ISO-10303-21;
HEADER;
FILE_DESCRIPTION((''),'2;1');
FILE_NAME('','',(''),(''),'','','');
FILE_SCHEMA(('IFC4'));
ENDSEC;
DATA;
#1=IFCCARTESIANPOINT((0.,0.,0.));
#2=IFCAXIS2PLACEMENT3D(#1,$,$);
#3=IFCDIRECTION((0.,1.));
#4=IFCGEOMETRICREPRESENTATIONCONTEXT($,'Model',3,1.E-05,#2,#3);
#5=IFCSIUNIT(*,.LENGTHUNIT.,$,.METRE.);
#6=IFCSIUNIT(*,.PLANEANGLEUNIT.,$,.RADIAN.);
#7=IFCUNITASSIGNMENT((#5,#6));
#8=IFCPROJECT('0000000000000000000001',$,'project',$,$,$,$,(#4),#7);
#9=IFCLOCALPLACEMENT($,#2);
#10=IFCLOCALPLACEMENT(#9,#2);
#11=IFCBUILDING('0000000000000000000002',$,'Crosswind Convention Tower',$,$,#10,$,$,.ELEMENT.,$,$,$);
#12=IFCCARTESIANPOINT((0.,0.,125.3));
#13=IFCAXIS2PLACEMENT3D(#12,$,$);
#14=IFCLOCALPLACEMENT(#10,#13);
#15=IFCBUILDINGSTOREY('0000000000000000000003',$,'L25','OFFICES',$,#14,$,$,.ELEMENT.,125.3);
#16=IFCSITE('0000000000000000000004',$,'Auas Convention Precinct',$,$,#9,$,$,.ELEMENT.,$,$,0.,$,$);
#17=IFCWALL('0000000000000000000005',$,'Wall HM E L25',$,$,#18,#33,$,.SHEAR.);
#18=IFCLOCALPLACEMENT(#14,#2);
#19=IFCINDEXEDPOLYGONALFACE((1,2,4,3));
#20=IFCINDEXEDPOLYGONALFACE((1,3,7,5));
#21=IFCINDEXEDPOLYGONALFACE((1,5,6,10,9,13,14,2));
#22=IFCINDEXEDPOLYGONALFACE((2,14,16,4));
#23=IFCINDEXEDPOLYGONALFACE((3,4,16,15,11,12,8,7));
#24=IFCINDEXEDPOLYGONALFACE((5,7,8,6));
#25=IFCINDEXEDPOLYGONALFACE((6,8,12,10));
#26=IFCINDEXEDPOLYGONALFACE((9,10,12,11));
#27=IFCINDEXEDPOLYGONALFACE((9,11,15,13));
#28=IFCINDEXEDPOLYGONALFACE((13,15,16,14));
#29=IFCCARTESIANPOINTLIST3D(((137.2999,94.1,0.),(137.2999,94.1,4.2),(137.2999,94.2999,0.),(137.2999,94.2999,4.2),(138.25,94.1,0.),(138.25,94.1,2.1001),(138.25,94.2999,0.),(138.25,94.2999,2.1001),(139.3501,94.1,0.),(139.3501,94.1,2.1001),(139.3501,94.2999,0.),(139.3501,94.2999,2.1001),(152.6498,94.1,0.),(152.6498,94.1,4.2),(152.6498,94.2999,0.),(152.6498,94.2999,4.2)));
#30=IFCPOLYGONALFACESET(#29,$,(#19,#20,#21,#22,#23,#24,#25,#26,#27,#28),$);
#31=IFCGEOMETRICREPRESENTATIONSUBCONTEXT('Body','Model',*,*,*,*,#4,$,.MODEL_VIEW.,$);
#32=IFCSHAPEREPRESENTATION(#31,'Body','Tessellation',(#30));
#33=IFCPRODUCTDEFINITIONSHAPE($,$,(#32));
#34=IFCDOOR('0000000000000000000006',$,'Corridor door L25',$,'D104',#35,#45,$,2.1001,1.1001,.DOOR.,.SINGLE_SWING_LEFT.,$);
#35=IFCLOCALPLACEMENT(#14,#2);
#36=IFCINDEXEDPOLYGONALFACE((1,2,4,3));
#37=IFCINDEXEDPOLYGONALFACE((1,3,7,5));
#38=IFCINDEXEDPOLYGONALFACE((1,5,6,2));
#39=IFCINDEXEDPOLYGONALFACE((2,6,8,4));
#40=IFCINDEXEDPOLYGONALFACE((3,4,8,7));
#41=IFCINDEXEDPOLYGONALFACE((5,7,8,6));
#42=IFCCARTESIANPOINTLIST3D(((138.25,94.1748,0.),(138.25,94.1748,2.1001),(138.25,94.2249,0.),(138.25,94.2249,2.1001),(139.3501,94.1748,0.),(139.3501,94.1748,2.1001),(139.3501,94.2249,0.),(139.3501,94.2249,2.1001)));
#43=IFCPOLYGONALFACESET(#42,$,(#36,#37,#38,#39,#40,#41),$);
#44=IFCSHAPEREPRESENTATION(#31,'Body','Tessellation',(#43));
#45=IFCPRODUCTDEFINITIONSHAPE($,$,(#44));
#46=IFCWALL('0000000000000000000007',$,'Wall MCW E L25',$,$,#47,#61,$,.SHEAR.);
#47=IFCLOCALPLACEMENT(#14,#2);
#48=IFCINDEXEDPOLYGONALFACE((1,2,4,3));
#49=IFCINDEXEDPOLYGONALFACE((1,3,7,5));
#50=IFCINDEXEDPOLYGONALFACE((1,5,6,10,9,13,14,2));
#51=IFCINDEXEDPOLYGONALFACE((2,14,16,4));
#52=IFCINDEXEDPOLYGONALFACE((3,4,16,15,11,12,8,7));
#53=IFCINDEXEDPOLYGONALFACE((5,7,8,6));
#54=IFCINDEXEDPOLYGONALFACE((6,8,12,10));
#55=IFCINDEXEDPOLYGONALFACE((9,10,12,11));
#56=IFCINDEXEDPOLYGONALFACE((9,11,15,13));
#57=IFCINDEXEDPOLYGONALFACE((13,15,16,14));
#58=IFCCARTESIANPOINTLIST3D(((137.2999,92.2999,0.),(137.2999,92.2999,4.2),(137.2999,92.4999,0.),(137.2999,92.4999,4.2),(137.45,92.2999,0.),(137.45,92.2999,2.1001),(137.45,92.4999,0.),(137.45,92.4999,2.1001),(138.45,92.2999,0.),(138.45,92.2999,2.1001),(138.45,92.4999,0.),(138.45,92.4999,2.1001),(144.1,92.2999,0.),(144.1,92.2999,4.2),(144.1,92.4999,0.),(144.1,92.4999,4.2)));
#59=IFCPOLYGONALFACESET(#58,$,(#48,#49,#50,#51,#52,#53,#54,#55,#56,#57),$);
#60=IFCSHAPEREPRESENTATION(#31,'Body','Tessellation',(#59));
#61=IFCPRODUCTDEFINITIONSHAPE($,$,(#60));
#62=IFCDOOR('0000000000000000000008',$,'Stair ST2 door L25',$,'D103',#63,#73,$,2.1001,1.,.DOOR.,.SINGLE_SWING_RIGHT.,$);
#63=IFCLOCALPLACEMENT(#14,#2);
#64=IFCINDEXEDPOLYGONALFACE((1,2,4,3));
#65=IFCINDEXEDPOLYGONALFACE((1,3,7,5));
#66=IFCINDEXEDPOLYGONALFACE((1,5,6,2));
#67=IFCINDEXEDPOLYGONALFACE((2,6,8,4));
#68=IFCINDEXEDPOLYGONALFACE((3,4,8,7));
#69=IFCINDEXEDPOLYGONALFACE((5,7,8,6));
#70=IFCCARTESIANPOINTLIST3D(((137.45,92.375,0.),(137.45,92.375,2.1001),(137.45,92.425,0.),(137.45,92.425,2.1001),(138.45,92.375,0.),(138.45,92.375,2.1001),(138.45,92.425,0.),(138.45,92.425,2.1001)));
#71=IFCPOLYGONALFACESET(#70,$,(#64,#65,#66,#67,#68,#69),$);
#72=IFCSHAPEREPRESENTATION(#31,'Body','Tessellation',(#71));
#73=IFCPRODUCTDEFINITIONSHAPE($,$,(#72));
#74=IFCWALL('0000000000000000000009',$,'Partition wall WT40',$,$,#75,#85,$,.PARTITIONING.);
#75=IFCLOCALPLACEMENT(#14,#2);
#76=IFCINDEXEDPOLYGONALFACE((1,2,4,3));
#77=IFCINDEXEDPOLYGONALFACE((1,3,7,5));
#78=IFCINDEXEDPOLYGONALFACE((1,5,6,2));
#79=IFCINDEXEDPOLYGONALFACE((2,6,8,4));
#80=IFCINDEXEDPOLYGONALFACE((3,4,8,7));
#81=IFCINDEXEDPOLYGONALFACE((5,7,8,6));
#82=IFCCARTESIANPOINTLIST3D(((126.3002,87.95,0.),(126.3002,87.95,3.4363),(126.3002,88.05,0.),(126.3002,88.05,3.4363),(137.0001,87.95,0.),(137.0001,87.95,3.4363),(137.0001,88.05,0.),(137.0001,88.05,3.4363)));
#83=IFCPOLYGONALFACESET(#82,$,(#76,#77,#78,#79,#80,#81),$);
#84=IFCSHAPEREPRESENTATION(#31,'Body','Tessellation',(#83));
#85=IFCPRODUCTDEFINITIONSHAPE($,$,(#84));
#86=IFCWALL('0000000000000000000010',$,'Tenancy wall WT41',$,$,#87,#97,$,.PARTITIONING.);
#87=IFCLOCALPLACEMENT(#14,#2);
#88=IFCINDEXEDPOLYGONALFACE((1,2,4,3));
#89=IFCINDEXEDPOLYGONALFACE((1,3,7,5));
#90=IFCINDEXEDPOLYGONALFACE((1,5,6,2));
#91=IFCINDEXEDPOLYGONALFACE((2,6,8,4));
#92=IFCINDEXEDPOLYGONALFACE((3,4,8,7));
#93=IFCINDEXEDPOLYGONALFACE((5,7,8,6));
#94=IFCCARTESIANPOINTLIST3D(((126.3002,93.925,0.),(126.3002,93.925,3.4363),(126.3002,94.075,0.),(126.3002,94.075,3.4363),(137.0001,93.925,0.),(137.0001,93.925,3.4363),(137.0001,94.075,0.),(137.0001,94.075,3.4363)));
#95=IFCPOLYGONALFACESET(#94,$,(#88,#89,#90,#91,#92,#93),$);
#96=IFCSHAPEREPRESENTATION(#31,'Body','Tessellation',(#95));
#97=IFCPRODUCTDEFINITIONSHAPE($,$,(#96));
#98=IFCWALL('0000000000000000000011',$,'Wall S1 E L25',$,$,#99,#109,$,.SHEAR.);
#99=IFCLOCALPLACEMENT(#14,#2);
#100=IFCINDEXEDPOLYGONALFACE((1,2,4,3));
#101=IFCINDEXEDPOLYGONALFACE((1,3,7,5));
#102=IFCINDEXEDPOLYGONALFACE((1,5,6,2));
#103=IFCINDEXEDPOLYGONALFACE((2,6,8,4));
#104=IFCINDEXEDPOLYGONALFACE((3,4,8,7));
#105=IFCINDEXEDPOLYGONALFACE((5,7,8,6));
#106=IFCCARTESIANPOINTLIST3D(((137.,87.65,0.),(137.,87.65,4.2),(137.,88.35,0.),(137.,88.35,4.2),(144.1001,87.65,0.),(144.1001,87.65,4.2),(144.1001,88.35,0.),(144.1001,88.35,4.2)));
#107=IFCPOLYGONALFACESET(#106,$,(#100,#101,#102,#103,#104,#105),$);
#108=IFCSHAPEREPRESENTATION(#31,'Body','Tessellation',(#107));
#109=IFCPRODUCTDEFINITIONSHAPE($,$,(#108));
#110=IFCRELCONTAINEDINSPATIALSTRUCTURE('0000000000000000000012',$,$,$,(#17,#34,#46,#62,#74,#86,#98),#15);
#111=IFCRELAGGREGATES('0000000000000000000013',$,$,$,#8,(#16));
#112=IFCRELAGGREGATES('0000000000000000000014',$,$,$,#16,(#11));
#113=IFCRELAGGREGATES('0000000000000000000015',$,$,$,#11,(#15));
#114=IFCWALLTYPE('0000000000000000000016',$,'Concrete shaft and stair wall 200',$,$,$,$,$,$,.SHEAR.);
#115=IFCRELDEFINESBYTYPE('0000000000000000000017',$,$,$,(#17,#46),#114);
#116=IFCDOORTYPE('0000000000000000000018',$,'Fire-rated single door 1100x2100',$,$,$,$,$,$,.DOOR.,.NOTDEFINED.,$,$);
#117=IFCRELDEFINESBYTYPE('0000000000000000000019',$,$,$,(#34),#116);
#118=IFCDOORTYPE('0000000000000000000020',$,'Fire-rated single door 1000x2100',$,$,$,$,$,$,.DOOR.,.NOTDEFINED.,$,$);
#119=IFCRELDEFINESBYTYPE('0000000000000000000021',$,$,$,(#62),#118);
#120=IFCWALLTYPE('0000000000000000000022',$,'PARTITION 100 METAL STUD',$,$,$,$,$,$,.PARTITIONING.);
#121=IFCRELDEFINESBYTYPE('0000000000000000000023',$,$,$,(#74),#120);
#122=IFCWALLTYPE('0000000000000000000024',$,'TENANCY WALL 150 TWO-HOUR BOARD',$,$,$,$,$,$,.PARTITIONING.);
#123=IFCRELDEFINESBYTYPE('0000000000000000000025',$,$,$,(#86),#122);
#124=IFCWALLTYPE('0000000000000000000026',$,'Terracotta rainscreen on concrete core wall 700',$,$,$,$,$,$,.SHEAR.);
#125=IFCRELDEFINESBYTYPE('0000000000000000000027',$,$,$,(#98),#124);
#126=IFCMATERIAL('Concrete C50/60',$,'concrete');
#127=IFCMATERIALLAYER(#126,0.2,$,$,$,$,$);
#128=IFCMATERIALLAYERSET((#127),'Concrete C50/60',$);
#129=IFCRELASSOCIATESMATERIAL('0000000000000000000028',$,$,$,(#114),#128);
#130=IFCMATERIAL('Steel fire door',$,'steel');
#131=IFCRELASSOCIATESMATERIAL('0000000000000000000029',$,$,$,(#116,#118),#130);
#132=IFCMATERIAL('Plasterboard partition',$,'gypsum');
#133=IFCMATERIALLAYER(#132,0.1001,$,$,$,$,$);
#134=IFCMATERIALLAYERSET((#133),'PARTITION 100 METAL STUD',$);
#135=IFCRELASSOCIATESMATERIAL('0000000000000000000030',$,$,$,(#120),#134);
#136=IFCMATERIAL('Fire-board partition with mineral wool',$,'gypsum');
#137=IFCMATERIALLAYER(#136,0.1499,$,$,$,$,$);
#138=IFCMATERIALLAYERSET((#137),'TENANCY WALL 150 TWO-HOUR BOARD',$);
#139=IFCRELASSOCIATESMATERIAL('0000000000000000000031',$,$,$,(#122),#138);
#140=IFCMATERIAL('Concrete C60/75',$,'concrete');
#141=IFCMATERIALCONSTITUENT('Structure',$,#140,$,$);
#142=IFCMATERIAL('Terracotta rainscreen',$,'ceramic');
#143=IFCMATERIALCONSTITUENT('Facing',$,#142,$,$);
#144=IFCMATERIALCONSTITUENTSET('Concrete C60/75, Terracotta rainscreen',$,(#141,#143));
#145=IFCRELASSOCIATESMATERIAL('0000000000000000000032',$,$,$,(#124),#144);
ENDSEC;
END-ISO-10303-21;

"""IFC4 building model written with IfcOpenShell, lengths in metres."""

from ifc_helpers import new_model, si_unit, direction, frame, frame_2d, origin, place, context, subcontext, project, spatial, rectangle, extrude, material, layer, layer_set, constituent, constituent_set, type_object, element, fill, save


model = new_model("IFC4")

# Units and contexts
model_context = context("Model", 3, precision=1e-05, world=origin(), true_north=direction((0.0, 1.0)))
body_context = subcontext(model_context, "Body", "Model", "MODEL_VIEW")
ifc_project = project(units=[si_unit("LENGTHUNIT", "METRE"), si_unit("PLANEANGLEUNIT", "RADIAN")], contexts=[model_context])

# Site, building, storey
site_placement = place(None, origin())
site = spatial("IfcSite", under=ifc_project, at=site_placement, Name="Auas Convention Precinct", CompositionType="ELEMENT", RefElevation=0.0)
building_placement = place(site_placement, origin())
building = spatial("IfcBuilding", under=site, at=building_placement, Name="Crosswind Convention Tower", CompositionType="ELEMENT")
storey_placement = place(building_placement, frame((0.0, 0.0, 125.3)))
storey = spatial("IfcBuildingStorey", under=building, at=storey_placement, Name="L25", Description="OFFICES", CompositionType="ELEMENT", Elevation=125.3)

# Shared definitions
ifc_material_1 = material(Name="Concrete C50/60", Category="concrete")

# Walls, openings, doors
ifc_layer_1 = layer(ifc_material_1, 0.2)
ifc_layer_set_1 = layer_set([ifc_layer_1], Name="Concrete C50/60")
wall_type_1 = type_object("IfcWallType", Name="Concrete shaft and stair wall 200", PredefinedType="SHEAR", material=ifc_layer_set_1)
wall_1_placement = place(storey_placement, frame((137.3, 94.2, 0.0), z_axis=(0.0, 0.0, 1.0), x_axis=(1.0, 0.0, 0.0)))
wall_1 = element("IfcWall", 1, at=wall_1_placement, inside=storey, type_object=wall_type_1, Name="Wall HM E L25", PredefinedType="SHEAR", context=body_context, shape_type="SweptSolid", body=[
    extrude(rectangle(XDim=15.3499, YDim=0.2, at=frame_2d((7.6748, 0.0))), origin(), (0.0, 0.0, 1.0), 4.2),
])
opening_1_placement = place(wall_1_placement, frame((0.95, 0.0, 0.0)))
opening_1 = element("IfcOpeningElement", 2, at=opening_1_placement, cuts=wall_1, PredefinedType="OPENING", context=body_context, shape_type="SweptSolid", body=[
    extrude(rectangle(XDim=1.1001, YDim=2.1001, at=frame_2d((0.55, 1.05))), frame((0.0, 0.1099, 0.0), z_axis=(0.0, -1.0, 0.0), x_axis=(1.0, 0.0, 0.0)), (0.0, 0.0, 1.0), 0.22),
])
ifc_material_2 = material(Name="Steel fire door", Category="steel")
door_type_1 = type_object("IfcDoorType", Name="Fire-rated single door 1100x2100", OperationType="NOTDEFINED", PredefinedType="DOOR", material=ifc_material_2)
door_1_placement = place(opening_1_placement, origin())
door_1 = element("IfcDoor", 3, at=door_1_placement, inside=storey, type_object=door_type_1, Name="Corridor door L25", ObjectType="D104", OperationType="SINGLE_SWING_LEFT", OverallHeight=2.1001, OverallWidth=1.1001, PredefinedType="DOOR", context=body_context, shape_type="SweptSolid", body=[
    extrude(rectangle(XDim=1.1001, YDim=2.1001, at=frame_2d((0.55, 1.05))), frame((0.0, 0.0249, 0.0), z_axis=(0.0, -1.0, 0.0), x_axis=(1.0, 0.0, 0.0)), (0.0, 0.0, 1.0), 0.05),
])
fill(opening_1, door_1)
wall_2_placement = place(storey_placement, frame((137.3, 92.3999, 0.0), z_axis=(0.0, 0.0, 1.0), x_axis=(1.0, 0.0, 0.0)))
wall_2 = element("IfcWall", 4, at=wall_2_placement, inside=storey, type_object=wall_type_1, Name="Wall MCW E L25", PredefinedType="SHEAR", context=body_context, shape_type="SweptSolid", body=[
    extrude(rectangle(XDim=6.8, YDim=0.2, at=frame_2d((3.3999, 0.0))), origin(), (0.0, 0.0, 1.0), 4.2),
])
opening_2_placement = place(wall_2_placement, frame((0.1499, 0.0, 0.0)))
opening_2 = element("IfcOpeningElement", 5, at=opening_2_placement, cuts=wall_2, PredefinedType="OPENING", context=body_context, shape_type="SweptSolid", body=[
    extrude(rectangle(XDim=1.0, YDim=2.1001, at=frame_2d((0.5, 1.05))), frame((0.0, 0.1099, 0.0), z_axis=(0.0, -1.0, 0.0), x_axis=(1.0, 0.0, 0.0)), (0.0, 0.0, 1.0), 0.22),
])
door_type_2 = type_object("IfcDoorType", Name="Fire-rated single door 1000x2100", OperationType="NOTDEFINED", PredefinedType="DOOR", material=ifc_material_2)
door_2_placement = place(opening_2_placement, frame((1.0, 0.0, 0.0), z_axis=(0.0, 0.0, 1.0), x_axis=(-1.0, 0.0, 0.0)))
door_2 = element("IfcDoor", 6, at=door_2_placement, inside=storey, type_object=door_type_2, Name="Stair ST2 door L25", ObjectType="D103", OperationType="SINGLE_SWING_RIGHT", OverallHeight=2.1001, OverallWidth=1.0, PredefinedType="DOOR", context=body_context, shape_type="SweptSolid", body=[
    extrude(rectangle(XDim=1.0, YDim=2.1001, at=frame_2d((0.5, 1.05))), frame((0.0, 0.0249, 0.0), z_axis=(0.0, -1.0, 0.0), x_axis=(1.0, 0.0, 0.0)), (0.0, 0.0, 1.0), 0.05),
])
fill(opening_2, door_2)

# Walls
ifc_material_3 = material(Name="Plasterboard partition", Category="gypsum")
ifc_layer_2 = layer(ifc_material_3, 0.1001)
ifc_layer_set_2 = layer_set([ifc_layer_2], Name="PARTITION 100 METAL STUD")
wall_type_2 = type_object("IfcWallType", Name="PARTITION 100 METAL STUD", PredefinedType="PARTITIONING", material=ifc_layer_set_2)
wall_3_placement = place(storey_placement, frame((126.3, 88.0, 0.0), z_axis=(0.0, 0.0, 1.0), x_axis=(1.0, 0.0, 0.0)))
element("IfcWall", 7, at=wall_3_placement, inside=storey, type_object=wall_type_2, Name="Partition wall WT40", PredefinedType="PARTITIONING", context=body_context, shape_type="SweptSolid", body=[
    extrude(rectangle(XDim=10.7, YDim=0.1001, at=frame_2d((5.3501, 0.0))), origin(), (0.0, 0.0, 1.0), 3.4363),
])
ifc_material_4 = material(Name="Fire-board partition with mineral wool", Category="gypsum")
ifc_layer_3 = layer(ifc_material_4, 0.1499)
ifc_layer_set_3 = layer_set([ifc_layer_3], Name="TENANCY WALL 150 TWO-HOUR BOARD")
wall_type_3 = type_object("IfcWallType", Name="TENANCY WALL 150 TWO-HOUR BOARD", PredefinedType="PARTITIONING", material=ifc_layer_set_3)
wall_4_placement = place(storey_placement, frame((126.3, 94.0, 0.0), z_axis=(0.0, 0.0, 1.0), x_axis=(1.0, 0.0, 0.0)))
element("IfcWall", 8, at=wall_4_placement, inside=storey, type_object=wall_type_3, Name="Tenancy wall WT41", PredefinedType="PARTITIONING", context=body_context, shape_type="SweptSolid", body=[
    extrude(rectangle(XDim=10.7, YDim=0.1499, at=frame_2d((5.3501, 0.0))), origin(), (0.0, 0.0, 1.0), 3.4363),
])
ifc_material_5 = material(Name="Concrete C60/75", Category="concrete")
ifc_constituent_1 = constituent(ifc_material_5, Name="Structure")
ifc_material_6 = material(Name="Terracotta rainscreen", Category="ceramic")
ifc_constituent_2 = constituent(ifc_material_6, Name="Facing")
ifc_constituent_set = constituent_set(constituents=[ifc_constituent_1, ifc_constituent_2], Name="Concrete C60/75, Terracotta rainscreen")
wall_type_4 = type_object("IfcWallType", Name="Terracotta rainscreen on concrete core wall 700", PredefinedType="SHEAR", material=ifc_constituent_set)
wall_5_placement = place(storey_placement, frame((137.0, 88.0, 0.0), z_axis=(0.0, 0.0, 1.0), x_axis=(1.0, 0.0, 0.0)))
element("IfcWall", 9, at=wall_5_placement, inside=storey, type_object=wall_type_4, Name="Wall S1 E L25", PredefinedType="SHEAR", context=body_context, shape_type="SweptSolid", body=[
    extrude(rectangle(XDim=7.1001, YDim=0.7, at=frame_2d((3.55, 0.0))), origin(), (0.0, 0.0, 1.0), 4.2),
])

save(model, "model.ifc")
